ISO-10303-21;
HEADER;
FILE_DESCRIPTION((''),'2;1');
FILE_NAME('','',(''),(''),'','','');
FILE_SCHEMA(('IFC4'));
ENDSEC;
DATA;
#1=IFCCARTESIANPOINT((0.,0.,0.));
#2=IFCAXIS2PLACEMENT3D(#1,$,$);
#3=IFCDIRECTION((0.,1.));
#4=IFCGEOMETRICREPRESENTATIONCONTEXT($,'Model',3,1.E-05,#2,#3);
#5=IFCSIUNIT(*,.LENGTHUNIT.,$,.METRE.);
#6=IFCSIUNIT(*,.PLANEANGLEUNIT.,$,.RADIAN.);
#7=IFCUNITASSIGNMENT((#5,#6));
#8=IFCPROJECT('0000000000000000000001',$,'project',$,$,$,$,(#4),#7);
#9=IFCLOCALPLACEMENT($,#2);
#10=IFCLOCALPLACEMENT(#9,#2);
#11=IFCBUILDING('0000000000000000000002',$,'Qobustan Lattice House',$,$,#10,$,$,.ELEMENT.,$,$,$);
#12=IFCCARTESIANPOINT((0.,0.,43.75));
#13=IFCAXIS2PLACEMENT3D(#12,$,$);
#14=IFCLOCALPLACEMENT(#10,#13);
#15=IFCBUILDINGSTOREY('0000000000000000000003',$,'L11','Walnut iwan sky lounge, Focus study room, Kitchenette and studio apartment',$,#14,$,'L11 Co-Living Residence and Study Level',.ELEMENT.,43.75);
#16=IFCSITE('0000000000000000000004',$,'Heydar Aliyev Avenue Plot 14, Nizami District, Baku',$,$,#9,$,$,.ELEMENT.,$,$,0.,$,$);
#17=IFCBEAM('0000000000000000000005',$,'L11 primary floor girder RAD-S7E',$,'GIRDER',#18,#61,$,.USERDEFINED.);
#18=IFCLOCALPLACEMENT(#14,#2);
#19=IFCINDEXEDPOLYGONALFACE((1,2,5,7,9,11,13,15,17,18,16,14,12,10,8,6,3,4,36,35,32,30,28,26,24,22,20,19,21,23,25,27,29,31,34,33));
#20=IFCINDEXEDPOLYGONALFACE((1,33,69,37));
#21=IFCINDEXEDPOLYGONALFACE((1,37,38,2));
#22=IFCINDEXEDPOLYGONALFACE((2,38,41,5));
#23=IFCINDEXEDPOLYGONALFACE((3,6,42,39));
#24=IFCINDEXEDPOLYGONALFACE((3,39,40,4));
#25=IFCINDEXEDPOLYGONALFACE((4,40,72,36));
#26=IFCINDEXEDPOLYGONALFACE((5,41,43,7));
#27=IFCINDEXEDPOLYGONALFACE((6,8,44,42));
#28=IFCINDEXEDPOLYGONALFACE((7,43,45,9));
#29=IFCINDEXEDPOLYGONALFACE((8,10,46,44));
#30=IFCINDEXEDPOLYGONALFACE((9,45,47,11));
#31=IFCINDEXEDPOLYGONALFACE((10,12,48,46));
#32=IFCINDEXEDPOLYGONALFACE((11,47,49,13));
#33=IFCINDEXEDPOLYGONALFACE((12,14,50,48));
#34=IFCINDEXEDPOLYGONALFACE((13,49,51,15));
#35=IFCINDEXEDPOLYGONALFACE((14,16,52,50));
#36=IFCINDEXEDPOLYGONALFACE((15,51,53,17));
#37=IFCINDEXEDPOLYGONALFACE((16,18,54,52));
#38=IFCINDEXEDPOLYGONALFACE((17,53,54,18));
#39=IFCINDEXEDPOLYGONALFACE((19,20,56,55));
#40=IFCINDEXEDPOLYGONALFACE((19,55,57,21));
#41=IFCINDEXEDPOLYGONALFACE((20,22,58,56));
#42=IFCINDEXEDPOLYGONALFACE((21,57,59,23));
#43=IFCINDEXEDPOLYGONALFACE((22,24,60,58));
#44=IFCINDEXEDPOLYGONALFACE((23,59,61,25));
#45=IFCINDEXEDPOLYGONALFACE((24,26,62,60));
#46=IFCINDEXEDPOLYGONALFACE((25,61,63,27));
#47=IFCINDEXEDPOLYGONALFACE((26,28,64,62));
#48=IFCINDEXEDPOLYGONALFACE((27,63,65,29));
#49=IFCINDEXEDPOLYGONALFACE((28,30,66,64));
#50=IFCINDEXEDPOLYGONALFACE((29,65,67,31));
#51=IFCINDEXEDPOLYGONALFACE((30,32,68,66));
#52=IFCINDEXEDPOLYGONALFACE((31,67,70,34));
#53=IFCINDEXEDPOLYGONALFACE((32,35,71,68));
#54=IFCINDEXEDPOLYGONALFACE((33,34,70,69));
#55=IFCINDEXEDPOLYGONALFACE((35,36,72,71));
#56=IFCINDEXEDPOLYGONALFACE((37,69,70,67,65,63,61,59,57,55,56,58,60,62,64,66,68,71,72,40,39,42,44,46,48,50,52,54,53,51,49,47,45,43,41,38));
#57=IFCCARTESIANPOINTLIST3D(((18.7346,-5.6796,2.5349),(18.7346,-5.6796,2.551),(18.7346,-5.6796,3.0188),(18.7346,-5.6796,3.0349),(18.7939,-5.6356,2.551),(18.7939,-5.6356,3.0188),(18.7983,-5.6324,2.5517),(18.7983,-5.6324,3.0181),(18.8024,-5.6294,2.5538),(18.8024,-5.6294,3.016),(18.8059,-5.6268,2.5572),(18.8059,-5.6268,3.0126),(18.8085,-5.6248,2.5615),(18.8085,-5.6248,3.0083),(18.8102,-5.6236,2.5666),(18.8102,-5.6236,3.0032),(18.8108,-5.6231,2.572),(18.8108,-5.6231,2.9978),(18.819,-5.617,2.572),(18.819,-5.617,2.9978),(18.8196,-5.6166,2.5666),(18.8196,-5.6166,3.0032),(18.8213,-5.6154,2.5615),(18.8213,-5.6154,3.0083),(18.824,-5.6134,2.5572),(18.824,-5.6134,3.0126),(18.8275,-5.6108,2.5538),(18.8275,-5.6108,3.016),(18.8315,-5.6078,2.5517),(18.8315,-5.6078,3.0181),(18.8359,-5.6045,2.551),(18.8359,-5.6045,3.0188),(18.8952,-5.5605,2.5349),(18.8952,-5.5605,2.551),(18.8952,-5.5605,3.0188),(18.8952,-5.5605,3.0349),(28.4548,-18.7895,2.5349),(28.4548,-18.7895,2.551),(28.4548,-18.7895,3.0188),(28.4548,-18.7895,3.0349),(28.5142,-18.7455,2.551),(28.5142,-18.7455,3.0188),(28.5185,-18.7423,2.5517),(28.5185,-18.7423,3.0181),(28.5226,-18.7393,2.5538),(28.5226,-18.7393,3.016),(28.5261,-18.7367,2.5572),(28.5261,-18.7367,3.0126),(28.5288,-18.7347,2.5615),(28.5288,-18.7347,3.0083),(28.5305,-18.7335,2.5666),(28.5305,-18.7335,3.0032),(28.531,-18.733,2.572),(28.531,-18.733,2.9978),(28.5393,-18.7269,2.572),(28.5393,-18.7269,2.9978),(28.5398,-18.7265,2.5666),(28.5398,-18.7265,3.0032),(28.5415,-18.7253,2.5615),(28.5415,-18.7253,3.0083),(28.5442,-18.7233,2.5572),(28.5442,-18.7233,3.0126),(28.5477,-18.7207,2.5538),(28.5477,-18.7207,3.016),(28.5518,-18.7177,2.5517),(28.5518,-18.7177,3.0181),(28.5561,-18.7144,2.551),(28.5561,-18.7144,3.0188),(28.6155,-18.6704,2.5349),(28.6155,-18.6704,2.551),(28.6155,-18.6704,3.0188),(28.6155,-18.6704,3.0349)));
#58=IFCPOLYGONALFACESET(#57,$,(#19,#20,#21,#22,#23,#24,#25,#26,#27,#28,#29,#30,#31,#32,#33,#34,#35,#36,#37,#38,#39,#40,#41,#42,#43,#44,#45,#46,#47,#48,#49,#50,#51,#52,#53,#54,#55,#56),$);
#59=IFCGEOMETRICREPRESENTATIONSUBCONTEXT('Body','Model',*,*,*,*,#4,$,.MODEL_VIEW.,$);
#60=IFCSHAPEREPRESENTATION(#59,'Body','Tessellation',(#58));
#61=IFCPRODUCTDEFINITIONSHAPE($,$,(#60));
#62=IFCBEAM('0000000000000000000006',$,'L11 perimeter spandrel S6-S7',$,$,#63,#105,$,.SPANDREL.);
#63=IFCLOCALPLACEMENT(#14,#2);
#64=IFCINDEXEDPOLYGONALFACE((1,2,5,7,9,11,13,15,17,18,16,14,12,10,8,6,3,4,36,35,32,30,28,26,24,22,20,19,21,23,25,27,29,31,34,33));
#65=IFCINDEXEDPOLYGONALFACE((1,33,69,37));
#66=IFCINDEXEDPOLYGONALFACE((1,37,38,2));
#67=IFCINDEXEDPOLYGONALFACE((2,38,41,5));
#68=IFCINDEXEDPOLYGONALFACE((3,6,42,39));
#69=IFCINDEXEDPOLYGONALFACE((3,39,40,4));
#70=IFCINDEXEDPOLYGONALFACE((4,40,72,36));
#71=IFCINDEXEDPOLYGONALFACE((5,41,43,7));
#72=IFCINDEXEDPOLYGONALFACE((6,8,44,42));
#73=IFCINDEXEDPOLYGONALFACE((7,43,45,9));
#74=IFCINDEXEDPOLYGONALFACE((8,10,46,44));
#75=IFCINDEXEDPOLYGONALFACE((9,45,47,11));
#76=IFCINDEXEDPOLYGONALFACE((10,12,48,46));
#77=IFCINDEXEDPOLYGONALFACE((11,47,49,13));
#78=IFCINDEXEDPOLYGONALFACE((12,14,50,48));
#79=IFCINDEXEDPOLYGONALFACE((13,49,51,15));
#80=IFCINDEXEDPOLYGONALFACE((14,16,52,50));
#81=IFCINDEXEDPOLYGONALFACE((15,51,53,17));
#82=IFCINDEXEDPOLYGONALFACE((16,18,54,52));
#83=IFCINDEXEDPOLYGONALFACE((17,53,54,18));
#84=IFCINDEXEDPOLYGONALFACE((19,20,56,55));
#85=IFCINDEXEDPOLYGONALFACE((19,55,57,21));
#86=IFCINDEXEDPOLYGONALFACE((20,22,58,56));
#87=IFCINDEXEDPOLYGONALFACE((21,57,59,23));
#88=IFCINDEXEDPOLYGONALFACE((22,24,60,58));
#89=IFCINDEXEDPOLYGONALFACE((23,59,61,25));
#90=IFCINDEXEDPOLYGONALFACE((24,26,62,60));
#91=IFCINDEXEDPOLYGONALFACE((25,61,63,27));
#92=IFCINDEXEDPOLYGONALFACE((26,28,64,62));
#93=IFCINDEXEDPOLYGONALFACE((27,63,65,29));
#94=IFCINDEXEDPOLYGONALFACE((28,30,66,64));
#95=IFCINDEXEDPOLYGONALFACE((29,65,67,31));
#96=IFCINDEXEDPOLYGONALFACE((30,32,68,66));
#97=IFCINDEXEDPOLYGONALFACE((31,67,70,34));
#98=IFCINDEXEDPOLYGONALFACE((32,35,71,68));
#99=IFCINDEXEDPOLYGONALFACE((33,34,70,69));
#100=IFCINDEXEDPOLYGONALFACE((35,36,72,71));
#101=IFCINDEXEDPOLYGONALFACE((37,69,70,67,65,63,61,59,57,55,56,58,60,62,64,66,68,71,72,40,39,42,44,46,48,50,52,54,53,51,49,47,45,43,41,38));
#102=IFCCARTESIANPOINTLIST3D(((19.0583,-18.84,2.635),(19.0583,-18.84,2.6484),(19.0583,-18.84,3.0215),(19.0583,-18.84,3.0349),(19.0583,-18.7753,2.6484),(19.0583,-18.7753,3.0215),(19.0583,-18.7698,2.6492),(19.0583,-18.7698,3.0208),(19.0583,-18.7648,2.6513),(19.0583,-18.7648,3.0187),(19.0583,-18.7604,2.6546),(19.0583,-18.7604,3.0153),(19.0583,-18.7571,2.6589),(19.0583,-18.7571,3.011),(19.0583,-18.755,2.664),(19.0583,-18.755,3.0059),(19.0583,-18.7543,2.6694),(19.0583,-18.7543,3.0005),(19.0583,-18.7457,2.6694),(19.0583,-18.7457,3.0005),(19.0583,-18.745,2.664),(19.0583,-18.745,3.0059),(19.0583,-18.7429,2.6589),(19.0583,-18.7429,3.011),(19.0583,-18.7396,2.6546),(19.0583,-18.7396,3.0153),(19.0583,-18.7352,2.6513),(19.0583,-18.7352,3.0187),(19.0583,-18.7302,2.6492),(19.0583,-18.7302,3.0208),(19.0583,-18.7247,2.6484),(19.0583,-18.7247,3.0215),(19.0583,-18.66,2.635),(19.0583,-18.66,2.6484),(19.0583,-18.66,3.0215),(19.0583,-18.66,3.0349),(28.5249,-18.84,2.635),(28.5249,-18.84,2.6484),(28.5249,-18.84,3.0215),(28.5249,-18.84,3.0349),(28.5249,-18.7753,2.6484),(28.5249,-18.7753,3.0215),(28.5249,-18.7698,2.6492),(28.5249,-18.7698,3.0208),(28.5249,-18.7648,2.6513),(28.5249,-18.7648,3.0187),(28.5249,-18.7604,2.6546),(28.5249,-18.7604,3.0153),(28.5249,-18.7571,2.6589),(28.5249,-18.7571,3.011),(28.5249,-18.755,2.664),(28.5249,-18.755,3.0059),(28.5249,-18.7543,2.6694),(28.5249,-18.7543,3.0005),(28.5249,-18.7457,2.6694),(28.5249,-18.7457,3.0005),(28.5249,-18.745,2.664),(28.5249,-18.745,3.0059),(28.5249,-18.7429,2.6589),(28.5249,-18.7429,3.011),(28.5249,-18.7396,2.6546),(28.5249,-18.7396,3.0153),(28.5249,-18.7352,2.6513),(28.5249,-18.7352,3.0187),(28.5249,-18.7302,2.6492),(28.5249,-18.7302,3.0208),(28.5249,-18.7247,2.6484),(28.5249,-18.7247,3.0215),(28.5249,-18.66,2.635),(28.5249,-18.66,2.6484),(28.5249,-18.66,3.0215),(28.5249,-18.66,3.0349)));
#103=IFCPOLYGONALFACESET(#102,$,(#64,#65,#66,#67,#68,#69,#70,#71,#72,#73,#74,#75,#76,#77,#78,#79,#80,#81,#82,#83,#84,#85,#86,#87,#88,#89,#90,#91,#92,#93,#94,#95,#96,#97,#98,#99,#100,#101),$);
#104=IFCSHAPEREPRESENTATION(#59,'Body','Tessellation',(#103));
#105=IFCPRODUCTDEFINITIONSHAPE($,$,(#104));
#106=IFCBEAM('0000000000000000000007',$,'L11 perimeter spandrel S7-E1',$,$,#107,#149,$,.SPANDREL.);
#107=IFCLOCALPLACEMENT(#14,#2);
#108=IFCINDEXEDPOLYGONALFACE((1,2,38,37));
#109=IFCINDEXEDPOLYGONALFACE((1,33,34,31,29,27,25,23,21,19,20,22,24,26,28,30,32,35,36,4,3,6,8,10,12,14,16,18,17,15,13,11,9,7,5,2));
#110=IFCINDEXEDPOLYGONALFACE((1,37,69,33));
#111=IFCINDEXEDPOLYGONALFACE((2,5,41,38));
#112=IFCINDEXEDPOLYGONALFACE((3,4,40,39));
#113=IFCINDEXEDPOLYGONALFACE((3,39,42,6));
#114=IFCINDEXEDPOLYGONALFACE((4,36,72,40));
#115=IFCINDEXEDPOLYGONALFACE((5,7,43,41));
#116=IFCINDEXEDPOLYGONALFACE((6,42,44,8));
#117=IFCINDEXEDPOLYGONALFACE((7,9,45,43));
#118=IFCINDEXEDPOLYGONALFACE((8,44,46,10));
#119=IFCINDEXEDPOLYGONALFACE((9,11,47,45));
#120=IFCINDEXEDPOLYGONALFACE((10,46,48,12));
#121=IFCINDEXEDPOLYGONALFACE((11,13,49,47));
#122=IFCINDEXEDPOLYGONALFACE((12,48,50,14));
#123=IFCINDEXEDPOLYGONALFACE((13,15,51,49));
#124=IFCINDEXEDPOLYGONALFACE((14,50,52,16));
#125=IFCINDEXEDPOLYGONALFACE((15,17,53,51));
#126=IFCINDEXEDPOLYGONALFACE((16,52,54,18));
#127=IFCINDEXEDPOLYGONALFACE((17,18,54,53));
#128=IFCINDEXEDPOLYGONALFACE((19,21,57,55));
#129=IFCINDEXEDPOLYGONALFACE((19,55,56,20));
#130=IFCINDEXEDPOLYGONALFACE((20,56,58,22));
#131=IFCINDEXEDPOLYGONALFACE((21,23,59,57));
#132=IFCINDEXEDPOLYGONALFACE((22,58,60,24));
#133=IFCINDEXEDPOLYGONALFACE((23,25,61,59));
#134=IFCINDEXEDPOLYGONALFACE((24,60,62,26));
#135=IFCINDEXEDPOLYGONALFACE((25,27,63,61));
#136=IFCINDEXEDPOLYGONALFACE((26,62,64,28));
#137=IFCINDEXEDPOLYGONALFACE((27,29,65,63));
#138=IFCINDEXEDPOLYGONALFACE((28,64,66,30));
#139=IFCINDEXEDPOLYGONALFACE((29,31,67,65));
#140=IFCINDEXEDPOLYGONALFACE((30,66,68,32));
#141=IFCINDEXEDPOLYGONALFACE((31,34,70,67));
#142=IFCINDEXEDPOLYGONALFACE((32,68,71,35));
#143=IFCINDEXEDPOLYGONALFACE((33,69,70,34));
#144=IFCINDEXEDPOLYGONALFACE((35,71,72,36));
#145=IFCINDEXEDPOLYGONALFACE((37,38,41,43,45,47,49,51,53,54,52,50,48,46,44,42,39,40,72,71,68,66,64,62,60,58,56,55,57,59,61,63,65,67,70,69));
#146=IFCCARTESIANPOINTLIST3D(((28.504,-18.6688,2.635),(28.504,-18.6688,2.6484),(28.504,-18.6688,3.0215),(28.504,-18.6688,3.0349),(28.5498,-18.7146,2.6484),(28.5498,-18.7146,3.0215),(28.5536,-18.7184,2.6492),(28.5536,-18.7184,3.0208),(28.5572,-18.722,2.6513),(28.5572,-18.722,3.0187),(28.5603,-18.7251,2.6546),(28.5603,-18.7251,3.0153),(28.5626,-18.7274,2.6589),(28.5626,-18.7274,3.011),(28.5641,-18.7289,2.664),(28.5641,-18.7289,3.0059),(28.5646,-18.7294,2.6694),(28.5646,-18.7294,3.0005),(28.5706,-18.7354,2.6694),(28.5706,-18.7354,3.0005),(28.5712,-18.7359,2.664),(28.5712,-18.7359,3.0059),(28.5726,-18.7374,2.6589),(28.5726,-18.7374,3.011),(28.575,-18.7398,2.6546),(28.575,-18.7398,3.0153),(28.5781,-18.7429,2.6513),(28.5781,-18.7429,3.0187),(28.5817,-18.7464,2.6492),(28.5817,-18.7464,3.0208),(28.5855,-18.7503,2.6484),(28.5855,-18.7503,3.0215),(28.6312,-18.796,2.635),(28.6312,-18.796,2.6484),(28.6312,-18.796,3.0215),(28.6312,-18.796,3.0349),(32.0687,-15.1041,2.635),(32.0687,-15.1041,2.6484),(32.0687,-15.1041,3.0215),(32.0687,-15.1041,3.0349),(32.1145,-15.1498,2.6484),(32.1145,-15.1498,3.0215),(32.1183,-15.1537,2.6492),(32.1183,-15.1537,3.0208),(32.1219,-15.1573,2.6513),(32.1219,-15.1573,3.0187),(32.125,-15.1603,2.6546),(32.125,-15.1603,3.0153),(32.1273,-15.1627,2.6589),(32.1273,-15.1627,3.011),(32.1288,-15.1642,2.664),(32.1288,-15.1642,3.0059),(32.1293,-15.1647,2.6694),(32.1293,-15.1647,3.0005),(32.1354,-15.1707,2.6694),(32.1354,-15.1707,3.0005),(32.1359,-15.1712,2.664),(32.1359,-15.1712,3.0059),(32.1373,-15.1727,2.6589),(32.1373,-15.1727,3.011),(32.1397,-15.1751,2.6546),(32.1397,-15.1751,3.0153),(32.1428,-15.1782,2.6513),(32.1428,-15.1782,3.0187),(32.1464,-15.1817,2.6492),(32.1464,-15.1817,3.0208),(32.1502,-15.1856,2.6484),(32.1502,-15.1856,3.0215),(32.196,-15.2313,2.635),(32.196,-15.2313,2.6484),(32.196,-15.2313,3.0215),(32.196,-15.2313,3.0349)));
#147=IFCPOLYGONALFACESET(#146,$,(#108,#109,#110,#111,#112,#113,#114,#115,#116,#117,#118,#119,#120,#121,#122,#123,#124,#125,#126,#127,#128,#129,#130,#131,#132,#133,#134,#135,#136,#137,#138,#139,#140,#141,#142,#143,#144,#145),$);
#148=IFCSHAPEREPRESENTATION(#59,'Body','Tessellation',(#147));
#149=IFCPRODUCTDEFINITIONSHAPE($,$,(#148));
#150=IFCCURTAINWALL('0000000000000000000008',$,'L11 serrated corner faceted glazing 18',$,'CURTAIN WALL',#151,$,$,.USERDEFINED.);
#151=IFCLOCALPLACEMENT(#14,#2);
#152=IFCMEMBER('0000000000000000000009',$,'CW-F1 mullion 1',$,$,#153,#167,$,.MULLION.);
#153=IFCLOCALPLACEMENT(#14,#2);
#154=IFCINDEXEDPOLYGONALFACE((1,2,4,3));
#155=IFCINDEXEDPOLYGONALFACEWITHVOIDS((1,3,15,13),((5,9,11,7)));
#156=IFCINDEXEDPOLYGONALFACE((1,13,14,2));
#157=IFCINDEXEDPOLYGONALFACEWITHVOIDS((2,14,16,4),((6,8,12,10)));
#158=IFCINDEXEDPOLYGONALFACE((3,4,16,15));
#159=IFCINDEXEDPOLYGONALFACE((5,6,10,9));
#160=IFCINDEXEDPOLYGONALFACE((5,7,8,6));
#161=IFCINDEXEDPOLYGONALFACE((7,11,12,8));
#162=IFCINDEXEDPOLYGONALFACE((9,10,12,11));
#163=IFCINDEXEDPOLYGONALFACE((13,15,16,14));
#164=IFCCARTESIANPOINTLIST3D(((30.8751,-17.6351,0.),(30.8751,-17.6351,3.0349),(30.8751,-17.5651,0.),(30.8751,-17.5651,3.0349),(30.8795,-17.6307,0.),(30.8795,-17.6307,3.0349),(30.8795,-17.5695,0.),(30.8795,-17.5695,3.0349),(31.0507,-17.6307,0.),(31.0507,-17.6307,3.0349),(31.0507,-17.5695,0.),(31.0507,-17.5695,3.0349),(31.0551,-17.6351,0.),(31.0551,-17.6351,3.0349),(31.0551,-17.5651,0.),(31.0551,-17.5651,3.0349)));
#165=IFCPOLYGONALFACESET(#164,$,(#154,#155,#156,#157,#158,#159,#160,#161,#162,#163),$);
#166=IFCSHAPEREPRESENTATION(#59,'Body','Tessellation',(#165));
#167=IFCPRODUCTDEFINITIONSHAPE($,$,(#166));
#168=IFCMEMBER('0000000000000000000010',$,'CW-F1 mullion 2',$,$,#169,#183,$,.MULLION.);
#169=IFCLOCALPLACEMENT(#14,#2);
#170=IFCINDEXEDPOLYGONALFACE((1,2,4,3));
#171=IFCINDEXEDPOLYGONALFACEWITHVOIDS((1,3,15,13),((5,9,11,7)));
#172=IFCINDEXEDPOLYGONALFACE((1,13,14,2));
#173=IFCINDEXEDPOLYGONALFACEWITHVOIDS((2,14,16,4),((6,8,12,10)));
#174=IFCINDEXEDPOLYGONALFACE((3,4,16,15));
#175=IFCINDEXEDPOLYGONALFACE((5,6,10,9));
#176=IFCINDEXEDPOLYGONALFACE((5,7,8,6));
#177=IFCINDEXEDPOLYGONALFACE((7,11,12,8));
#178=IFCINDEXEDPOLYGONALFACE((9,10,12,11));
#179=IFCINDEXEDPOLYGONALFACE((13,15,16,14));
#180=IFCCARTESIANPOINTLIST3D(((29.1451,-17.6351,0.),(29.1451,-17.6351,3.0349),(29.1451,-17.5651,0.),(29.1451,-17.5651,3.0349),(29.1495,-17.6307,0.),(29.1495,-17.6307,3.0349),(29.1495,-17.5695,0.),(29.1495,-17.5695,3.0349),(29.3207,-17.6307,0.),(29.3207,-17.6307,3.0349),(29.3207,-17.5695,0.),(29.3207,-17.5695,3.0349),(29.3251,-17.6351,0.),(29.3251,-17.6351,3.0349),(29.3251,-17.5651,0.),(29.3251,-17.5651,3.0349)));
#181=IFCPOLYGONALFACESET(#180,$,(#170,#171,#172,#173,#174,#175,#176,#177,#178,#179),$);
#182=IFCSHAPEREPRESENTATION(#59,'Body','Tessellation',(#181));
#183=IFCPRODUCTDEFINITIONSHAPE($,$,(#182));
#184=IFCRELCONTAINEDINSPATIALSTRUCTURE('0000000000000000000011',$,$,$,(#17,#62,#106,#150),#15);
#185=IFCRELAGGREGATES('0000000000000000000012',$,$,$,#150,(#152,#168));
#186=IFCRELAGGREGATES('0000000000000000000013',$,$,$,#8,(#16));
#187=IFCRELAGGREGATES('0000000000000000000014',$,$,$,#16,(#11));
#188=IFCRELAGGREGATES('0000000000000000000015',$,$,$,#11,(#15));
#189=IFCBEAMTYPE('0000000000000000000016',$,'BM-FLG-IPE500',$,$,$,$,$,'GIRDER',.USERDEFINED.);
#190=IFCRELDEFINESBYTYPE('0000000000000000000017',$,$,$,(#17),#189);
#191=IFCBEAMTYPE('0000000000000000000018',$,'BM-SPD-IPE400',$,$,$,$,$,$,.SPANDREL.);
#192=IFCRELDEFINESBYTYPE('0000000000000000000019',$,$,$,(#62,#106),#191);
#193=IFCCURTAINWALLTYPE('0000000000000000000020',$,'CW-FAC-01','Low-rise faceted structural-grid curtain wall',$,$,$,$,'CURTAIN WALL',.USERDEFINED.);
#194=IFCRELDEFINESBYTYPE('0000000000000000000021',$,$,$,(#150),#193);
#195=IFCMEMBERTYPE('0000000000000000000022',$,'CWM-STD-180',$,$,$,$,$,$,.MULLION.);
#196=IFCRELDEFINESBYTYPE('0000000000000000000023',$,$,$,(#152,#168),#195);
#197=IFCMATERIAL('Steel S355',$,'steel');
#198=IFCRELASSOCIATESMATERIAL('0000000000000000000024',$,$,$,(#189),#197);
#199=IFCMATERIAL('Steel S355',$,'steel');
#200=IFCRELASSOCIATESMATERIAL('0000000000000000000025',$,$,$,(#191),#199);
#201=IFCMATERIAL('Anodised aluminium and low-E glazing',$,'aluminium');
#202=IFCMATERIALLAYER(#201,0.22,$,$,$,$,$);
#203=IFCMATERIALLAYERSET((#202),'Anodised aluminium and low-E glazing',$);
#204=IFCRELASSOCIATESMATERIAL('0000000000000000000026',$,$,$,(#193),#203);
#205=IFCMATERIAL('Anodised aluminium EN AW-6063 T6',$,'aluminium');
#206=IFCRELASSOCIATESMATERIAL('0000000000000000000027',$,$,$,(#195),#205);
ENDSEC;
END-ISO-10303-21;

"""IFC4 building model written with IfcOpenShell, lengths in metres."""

from ifc_helpers import new_model, si_unit, direction, frame, origin, origin_2d, place, context, subcontext, project, spatial, hollow_rectangle, i_section, extrude, material, layer, layer_set, material_profile, profile_set, type_object, element, aggregate, save


model = new_model("IFC4")

# Units and contexts
model_context = context("Model", 3, precision=1e-05, world=origin(), true_north=direction((0.0, 1.0)))
body_context = subcontext(model_context, "Body", "Model", "MODEL_VIEW")
ifc_project = project(units=[si_unit("LENGTHUNIT", "METRE"), si_unit("PLANEANGLEUNIT", "RADIAN")], contexts=[model_context])

# Site, building, storey
site_placement = place(None, origin())
site = spatial("IfcSite", under=ifc_project, at=site_placement, Name="Heydar Aliyev Avenue Plot 14, Nizami District, Baku", CompositionType="ELEMENT", RefElevation=0.0)
building_placement = place(site_placement, origin())
building = spatial("IfcBuilding", under=site, at=building_placement, Name="Qobustan Lattice House", CompositionType="ELEMENT")
storey_placement = place(building_placement, frame((0.0, 0.0, 43.75)))
storey = spatial("IfcBuildingStorey", under=building, at=storey_placement, Name="L11", Description="Walnut iwan sky lounge, Focus study room, Kitchenette and studio apartment", LongName="L11 Co-Living Residence and Study Level", CompositionType="ELEMENT", Elevation=43.75)

# Beams
ifc_material_1 = material(Name="Steel S355", Category="steel")
ifc_material_profile_1 = material_profile(ifc_material_1, i_section(OverallWidth=0.2, OverallDepth=0.5, WebThickness=0.0103, FlangeThickness=0.0161, FilletRadius=0.021, at=origin_2d()), Name="IPE500")
ifc_profile_set_1 = profile_set([ifc_material_profile_1], Name="Steel S355")
beam_type_1 = type_object("IfcBeamType", Name="BM-FLG-IPE500", ElementType="GIRDER", PredefinedType="USERDEFINED", material=ifc_profile_set_1)
beam_1_placement = place(storey_placement, frame((28.5352, -18.73, 2.7849), z_axis=(-0.595592, 0.803287, 0.0), x_axis=(-0.803287, -0.595592, 0.0)))
element("IfcBeam", 1, at=beam_1_placement, inside=storey, type_object=beam_type_1, Name="L11 primary floor girder RAD-S7E", ObjectType="GIRDER", PredefinedType="USERDEFINED", context=body_context, shape_type="SweptSolid", body=[
    extrude(i_section(OverallWidth=0.2, OverallDepth=0.5, WebThickness=0.0103, FlangeThickness=0.0161, FilletRadius=0.021, at=origin_2d()), origin(), (0.0, 0.0, 1.0), 16.3203),
])
ifc_material_2 = material(Name="Steel S355", Category="steel")
ifc_material_profile_2 = material_profile(ifc_material_2, i_section(OverallWidth=0.1799, OverallDepth=0.3999, WebThickness=0.0085, FlangeThickness=0.0134, FilletRadius=0.021, at=origin_2d()), Name="IPE400")
ifc_profile_set_2 = profile_set([ifc_material_profile_2], Name="Steel S355")
beam_type_2 = type_object("IfcBeamType", Name="BM-SPD-IPE400", PredefinedType="SPANDREL", material=ifc_profile_set_2)
beam_2_placement = place(storey_placement, frame((19.0583, -18.75, 2.835), z_axis=(1.0, 0.0, 0.0), x_axis=(0.0, 1.0, 0.0)))
element("IfcBeam", 2, at=beam_2_placement, inside=storey, type_object=beam_type_2, Name="L11 perimeter spandrel S6-S7", PredefinedType="SPANDREL", context=body_context, shape_type="SweptSolid", body=[
    extrude(i_section(OverallWidth=0.1799, OverallDepth=0.3999, WebThickness=0.0085, FlangeThickness=0.0134, FilletRadius=0.021, at=origin_2d()), origin(), (0.0, 0.0, 1.0), 9.4666),
])
beam_3_placement = place(storey_placement, frame((28.5676, -18.7324, 2.835), z_axis=(0.707107, 0.707107, 0.0), x_axis=(-0.707107, 0.707107, 0.0)))
element("IfcBeam", 3, at=beam_3_placement, inside=storey, type_object=beam_type_2, Name="L11 perimeter spandrel S7-E1", PredefinedType="SPANDREL", context=body_context, shape_type="SweptSolid", body=[
    extrude(i_section(OverallWidth=0.1799, OverallDepth=0.3999, WebThickness=0.0085, FlangeThickness=0.0134, FilletRadius=0.021, at=origin_2d()), origin(), (0.0, 0.0, 1.0), 5.0413),
])

# Curtain wall, members
ifc_material_3 = material(Name="Anodised aluminium and low-E glazing", Category="aluminium")
ifc_layer_1 = layer(ifc_material_3, 0.22)
ifc_layer_set_1 = layer_set([ifc_layer_1], Name="Anodised aluminium and low-E glazing")
curtain_wall_type = type_object("IfcCurtainWallType", Name="CW-FAC-01", Description="Low-rise faceted structural-grid curtain wall", ElementType="CURTAIN WALL", PredefinedType="USERDEFINED", material=ifc_layer_set_1)
curtain_wall_placement = place(storey_placement, origin())
curtain_wall = element("IfcCurtainWall", 4, at=curtain_wall_placement, inside=storey, type_object=curtain_wall_type, Name="L11 serrated corner faceted glazing 18", ObjectType="CURTAIN WALL", PredefinedType="USERDEFINED")
ifc_material_4 = material(Name="Anodised aluminium EN AW-6063 T6", Category="aluminium")
ifc_material_profile_3 = material_profile(ifc_material_4, hollow_rectangle(XDim=0.0701, YDim=0.1799, WallThickness=0.0044, at=origin_2d()), Name="CWM-180x70")
ifc_profile_set_3 = profile_set([ifc_material_profile_3], Name="Anodised aluminium EN AW-6063 T6")
member_type_1 = type_object("IfcMemberType", Name="CWM-STD-180", PredefinedType="MULLION", material=ifc_profile_set_3)
member_1_placement = place(storey_placement, frame((30.9651, -17.6001, 0.0), z_axis=(0.0, 0.0, 1.0), x_axis=(0.0, -1.0, 0.0)))
member_1 = element("IfcMember", 5, at=member_1_placement, type_object=member_type_1, Name="CW-F1 mullion 1", PredefinedType="MULLION", context=body_context, shape_type="SweptSolid", body=[
    extrude(hollow_rectangle(XDim=0.0701, YDim=0.1799, WallThickness=0.0044, at=origin_2d()), origin(), (0.0, 0.0, 1.0), 3.0349),
])
member_2_placement = place(storey_placement, frame((29.2351, -17.6001, 0.0), z_axis=(0.0, 0.0, 1.0), x_axis=(0.0, -1.0, 0.0)))
member_2 = element("IfcMember", 6, at=member_2_placement, type_object=member_type_1, Name="CW-F1 mullion 2", PredefinedType="MULLION", context=body_context, shape_type="SweptSolid", body=[
    extrude(hollow_rectangle(XDim=0.0701, YDim=0.1799, WallThickness=0.0044, at=origin_2d()), origin(), (0.0, 0.0, 1.0), 3.0349),
])
aggregate(curtain_wall, [member_1, member_2])

save(model, "model.ifc")
